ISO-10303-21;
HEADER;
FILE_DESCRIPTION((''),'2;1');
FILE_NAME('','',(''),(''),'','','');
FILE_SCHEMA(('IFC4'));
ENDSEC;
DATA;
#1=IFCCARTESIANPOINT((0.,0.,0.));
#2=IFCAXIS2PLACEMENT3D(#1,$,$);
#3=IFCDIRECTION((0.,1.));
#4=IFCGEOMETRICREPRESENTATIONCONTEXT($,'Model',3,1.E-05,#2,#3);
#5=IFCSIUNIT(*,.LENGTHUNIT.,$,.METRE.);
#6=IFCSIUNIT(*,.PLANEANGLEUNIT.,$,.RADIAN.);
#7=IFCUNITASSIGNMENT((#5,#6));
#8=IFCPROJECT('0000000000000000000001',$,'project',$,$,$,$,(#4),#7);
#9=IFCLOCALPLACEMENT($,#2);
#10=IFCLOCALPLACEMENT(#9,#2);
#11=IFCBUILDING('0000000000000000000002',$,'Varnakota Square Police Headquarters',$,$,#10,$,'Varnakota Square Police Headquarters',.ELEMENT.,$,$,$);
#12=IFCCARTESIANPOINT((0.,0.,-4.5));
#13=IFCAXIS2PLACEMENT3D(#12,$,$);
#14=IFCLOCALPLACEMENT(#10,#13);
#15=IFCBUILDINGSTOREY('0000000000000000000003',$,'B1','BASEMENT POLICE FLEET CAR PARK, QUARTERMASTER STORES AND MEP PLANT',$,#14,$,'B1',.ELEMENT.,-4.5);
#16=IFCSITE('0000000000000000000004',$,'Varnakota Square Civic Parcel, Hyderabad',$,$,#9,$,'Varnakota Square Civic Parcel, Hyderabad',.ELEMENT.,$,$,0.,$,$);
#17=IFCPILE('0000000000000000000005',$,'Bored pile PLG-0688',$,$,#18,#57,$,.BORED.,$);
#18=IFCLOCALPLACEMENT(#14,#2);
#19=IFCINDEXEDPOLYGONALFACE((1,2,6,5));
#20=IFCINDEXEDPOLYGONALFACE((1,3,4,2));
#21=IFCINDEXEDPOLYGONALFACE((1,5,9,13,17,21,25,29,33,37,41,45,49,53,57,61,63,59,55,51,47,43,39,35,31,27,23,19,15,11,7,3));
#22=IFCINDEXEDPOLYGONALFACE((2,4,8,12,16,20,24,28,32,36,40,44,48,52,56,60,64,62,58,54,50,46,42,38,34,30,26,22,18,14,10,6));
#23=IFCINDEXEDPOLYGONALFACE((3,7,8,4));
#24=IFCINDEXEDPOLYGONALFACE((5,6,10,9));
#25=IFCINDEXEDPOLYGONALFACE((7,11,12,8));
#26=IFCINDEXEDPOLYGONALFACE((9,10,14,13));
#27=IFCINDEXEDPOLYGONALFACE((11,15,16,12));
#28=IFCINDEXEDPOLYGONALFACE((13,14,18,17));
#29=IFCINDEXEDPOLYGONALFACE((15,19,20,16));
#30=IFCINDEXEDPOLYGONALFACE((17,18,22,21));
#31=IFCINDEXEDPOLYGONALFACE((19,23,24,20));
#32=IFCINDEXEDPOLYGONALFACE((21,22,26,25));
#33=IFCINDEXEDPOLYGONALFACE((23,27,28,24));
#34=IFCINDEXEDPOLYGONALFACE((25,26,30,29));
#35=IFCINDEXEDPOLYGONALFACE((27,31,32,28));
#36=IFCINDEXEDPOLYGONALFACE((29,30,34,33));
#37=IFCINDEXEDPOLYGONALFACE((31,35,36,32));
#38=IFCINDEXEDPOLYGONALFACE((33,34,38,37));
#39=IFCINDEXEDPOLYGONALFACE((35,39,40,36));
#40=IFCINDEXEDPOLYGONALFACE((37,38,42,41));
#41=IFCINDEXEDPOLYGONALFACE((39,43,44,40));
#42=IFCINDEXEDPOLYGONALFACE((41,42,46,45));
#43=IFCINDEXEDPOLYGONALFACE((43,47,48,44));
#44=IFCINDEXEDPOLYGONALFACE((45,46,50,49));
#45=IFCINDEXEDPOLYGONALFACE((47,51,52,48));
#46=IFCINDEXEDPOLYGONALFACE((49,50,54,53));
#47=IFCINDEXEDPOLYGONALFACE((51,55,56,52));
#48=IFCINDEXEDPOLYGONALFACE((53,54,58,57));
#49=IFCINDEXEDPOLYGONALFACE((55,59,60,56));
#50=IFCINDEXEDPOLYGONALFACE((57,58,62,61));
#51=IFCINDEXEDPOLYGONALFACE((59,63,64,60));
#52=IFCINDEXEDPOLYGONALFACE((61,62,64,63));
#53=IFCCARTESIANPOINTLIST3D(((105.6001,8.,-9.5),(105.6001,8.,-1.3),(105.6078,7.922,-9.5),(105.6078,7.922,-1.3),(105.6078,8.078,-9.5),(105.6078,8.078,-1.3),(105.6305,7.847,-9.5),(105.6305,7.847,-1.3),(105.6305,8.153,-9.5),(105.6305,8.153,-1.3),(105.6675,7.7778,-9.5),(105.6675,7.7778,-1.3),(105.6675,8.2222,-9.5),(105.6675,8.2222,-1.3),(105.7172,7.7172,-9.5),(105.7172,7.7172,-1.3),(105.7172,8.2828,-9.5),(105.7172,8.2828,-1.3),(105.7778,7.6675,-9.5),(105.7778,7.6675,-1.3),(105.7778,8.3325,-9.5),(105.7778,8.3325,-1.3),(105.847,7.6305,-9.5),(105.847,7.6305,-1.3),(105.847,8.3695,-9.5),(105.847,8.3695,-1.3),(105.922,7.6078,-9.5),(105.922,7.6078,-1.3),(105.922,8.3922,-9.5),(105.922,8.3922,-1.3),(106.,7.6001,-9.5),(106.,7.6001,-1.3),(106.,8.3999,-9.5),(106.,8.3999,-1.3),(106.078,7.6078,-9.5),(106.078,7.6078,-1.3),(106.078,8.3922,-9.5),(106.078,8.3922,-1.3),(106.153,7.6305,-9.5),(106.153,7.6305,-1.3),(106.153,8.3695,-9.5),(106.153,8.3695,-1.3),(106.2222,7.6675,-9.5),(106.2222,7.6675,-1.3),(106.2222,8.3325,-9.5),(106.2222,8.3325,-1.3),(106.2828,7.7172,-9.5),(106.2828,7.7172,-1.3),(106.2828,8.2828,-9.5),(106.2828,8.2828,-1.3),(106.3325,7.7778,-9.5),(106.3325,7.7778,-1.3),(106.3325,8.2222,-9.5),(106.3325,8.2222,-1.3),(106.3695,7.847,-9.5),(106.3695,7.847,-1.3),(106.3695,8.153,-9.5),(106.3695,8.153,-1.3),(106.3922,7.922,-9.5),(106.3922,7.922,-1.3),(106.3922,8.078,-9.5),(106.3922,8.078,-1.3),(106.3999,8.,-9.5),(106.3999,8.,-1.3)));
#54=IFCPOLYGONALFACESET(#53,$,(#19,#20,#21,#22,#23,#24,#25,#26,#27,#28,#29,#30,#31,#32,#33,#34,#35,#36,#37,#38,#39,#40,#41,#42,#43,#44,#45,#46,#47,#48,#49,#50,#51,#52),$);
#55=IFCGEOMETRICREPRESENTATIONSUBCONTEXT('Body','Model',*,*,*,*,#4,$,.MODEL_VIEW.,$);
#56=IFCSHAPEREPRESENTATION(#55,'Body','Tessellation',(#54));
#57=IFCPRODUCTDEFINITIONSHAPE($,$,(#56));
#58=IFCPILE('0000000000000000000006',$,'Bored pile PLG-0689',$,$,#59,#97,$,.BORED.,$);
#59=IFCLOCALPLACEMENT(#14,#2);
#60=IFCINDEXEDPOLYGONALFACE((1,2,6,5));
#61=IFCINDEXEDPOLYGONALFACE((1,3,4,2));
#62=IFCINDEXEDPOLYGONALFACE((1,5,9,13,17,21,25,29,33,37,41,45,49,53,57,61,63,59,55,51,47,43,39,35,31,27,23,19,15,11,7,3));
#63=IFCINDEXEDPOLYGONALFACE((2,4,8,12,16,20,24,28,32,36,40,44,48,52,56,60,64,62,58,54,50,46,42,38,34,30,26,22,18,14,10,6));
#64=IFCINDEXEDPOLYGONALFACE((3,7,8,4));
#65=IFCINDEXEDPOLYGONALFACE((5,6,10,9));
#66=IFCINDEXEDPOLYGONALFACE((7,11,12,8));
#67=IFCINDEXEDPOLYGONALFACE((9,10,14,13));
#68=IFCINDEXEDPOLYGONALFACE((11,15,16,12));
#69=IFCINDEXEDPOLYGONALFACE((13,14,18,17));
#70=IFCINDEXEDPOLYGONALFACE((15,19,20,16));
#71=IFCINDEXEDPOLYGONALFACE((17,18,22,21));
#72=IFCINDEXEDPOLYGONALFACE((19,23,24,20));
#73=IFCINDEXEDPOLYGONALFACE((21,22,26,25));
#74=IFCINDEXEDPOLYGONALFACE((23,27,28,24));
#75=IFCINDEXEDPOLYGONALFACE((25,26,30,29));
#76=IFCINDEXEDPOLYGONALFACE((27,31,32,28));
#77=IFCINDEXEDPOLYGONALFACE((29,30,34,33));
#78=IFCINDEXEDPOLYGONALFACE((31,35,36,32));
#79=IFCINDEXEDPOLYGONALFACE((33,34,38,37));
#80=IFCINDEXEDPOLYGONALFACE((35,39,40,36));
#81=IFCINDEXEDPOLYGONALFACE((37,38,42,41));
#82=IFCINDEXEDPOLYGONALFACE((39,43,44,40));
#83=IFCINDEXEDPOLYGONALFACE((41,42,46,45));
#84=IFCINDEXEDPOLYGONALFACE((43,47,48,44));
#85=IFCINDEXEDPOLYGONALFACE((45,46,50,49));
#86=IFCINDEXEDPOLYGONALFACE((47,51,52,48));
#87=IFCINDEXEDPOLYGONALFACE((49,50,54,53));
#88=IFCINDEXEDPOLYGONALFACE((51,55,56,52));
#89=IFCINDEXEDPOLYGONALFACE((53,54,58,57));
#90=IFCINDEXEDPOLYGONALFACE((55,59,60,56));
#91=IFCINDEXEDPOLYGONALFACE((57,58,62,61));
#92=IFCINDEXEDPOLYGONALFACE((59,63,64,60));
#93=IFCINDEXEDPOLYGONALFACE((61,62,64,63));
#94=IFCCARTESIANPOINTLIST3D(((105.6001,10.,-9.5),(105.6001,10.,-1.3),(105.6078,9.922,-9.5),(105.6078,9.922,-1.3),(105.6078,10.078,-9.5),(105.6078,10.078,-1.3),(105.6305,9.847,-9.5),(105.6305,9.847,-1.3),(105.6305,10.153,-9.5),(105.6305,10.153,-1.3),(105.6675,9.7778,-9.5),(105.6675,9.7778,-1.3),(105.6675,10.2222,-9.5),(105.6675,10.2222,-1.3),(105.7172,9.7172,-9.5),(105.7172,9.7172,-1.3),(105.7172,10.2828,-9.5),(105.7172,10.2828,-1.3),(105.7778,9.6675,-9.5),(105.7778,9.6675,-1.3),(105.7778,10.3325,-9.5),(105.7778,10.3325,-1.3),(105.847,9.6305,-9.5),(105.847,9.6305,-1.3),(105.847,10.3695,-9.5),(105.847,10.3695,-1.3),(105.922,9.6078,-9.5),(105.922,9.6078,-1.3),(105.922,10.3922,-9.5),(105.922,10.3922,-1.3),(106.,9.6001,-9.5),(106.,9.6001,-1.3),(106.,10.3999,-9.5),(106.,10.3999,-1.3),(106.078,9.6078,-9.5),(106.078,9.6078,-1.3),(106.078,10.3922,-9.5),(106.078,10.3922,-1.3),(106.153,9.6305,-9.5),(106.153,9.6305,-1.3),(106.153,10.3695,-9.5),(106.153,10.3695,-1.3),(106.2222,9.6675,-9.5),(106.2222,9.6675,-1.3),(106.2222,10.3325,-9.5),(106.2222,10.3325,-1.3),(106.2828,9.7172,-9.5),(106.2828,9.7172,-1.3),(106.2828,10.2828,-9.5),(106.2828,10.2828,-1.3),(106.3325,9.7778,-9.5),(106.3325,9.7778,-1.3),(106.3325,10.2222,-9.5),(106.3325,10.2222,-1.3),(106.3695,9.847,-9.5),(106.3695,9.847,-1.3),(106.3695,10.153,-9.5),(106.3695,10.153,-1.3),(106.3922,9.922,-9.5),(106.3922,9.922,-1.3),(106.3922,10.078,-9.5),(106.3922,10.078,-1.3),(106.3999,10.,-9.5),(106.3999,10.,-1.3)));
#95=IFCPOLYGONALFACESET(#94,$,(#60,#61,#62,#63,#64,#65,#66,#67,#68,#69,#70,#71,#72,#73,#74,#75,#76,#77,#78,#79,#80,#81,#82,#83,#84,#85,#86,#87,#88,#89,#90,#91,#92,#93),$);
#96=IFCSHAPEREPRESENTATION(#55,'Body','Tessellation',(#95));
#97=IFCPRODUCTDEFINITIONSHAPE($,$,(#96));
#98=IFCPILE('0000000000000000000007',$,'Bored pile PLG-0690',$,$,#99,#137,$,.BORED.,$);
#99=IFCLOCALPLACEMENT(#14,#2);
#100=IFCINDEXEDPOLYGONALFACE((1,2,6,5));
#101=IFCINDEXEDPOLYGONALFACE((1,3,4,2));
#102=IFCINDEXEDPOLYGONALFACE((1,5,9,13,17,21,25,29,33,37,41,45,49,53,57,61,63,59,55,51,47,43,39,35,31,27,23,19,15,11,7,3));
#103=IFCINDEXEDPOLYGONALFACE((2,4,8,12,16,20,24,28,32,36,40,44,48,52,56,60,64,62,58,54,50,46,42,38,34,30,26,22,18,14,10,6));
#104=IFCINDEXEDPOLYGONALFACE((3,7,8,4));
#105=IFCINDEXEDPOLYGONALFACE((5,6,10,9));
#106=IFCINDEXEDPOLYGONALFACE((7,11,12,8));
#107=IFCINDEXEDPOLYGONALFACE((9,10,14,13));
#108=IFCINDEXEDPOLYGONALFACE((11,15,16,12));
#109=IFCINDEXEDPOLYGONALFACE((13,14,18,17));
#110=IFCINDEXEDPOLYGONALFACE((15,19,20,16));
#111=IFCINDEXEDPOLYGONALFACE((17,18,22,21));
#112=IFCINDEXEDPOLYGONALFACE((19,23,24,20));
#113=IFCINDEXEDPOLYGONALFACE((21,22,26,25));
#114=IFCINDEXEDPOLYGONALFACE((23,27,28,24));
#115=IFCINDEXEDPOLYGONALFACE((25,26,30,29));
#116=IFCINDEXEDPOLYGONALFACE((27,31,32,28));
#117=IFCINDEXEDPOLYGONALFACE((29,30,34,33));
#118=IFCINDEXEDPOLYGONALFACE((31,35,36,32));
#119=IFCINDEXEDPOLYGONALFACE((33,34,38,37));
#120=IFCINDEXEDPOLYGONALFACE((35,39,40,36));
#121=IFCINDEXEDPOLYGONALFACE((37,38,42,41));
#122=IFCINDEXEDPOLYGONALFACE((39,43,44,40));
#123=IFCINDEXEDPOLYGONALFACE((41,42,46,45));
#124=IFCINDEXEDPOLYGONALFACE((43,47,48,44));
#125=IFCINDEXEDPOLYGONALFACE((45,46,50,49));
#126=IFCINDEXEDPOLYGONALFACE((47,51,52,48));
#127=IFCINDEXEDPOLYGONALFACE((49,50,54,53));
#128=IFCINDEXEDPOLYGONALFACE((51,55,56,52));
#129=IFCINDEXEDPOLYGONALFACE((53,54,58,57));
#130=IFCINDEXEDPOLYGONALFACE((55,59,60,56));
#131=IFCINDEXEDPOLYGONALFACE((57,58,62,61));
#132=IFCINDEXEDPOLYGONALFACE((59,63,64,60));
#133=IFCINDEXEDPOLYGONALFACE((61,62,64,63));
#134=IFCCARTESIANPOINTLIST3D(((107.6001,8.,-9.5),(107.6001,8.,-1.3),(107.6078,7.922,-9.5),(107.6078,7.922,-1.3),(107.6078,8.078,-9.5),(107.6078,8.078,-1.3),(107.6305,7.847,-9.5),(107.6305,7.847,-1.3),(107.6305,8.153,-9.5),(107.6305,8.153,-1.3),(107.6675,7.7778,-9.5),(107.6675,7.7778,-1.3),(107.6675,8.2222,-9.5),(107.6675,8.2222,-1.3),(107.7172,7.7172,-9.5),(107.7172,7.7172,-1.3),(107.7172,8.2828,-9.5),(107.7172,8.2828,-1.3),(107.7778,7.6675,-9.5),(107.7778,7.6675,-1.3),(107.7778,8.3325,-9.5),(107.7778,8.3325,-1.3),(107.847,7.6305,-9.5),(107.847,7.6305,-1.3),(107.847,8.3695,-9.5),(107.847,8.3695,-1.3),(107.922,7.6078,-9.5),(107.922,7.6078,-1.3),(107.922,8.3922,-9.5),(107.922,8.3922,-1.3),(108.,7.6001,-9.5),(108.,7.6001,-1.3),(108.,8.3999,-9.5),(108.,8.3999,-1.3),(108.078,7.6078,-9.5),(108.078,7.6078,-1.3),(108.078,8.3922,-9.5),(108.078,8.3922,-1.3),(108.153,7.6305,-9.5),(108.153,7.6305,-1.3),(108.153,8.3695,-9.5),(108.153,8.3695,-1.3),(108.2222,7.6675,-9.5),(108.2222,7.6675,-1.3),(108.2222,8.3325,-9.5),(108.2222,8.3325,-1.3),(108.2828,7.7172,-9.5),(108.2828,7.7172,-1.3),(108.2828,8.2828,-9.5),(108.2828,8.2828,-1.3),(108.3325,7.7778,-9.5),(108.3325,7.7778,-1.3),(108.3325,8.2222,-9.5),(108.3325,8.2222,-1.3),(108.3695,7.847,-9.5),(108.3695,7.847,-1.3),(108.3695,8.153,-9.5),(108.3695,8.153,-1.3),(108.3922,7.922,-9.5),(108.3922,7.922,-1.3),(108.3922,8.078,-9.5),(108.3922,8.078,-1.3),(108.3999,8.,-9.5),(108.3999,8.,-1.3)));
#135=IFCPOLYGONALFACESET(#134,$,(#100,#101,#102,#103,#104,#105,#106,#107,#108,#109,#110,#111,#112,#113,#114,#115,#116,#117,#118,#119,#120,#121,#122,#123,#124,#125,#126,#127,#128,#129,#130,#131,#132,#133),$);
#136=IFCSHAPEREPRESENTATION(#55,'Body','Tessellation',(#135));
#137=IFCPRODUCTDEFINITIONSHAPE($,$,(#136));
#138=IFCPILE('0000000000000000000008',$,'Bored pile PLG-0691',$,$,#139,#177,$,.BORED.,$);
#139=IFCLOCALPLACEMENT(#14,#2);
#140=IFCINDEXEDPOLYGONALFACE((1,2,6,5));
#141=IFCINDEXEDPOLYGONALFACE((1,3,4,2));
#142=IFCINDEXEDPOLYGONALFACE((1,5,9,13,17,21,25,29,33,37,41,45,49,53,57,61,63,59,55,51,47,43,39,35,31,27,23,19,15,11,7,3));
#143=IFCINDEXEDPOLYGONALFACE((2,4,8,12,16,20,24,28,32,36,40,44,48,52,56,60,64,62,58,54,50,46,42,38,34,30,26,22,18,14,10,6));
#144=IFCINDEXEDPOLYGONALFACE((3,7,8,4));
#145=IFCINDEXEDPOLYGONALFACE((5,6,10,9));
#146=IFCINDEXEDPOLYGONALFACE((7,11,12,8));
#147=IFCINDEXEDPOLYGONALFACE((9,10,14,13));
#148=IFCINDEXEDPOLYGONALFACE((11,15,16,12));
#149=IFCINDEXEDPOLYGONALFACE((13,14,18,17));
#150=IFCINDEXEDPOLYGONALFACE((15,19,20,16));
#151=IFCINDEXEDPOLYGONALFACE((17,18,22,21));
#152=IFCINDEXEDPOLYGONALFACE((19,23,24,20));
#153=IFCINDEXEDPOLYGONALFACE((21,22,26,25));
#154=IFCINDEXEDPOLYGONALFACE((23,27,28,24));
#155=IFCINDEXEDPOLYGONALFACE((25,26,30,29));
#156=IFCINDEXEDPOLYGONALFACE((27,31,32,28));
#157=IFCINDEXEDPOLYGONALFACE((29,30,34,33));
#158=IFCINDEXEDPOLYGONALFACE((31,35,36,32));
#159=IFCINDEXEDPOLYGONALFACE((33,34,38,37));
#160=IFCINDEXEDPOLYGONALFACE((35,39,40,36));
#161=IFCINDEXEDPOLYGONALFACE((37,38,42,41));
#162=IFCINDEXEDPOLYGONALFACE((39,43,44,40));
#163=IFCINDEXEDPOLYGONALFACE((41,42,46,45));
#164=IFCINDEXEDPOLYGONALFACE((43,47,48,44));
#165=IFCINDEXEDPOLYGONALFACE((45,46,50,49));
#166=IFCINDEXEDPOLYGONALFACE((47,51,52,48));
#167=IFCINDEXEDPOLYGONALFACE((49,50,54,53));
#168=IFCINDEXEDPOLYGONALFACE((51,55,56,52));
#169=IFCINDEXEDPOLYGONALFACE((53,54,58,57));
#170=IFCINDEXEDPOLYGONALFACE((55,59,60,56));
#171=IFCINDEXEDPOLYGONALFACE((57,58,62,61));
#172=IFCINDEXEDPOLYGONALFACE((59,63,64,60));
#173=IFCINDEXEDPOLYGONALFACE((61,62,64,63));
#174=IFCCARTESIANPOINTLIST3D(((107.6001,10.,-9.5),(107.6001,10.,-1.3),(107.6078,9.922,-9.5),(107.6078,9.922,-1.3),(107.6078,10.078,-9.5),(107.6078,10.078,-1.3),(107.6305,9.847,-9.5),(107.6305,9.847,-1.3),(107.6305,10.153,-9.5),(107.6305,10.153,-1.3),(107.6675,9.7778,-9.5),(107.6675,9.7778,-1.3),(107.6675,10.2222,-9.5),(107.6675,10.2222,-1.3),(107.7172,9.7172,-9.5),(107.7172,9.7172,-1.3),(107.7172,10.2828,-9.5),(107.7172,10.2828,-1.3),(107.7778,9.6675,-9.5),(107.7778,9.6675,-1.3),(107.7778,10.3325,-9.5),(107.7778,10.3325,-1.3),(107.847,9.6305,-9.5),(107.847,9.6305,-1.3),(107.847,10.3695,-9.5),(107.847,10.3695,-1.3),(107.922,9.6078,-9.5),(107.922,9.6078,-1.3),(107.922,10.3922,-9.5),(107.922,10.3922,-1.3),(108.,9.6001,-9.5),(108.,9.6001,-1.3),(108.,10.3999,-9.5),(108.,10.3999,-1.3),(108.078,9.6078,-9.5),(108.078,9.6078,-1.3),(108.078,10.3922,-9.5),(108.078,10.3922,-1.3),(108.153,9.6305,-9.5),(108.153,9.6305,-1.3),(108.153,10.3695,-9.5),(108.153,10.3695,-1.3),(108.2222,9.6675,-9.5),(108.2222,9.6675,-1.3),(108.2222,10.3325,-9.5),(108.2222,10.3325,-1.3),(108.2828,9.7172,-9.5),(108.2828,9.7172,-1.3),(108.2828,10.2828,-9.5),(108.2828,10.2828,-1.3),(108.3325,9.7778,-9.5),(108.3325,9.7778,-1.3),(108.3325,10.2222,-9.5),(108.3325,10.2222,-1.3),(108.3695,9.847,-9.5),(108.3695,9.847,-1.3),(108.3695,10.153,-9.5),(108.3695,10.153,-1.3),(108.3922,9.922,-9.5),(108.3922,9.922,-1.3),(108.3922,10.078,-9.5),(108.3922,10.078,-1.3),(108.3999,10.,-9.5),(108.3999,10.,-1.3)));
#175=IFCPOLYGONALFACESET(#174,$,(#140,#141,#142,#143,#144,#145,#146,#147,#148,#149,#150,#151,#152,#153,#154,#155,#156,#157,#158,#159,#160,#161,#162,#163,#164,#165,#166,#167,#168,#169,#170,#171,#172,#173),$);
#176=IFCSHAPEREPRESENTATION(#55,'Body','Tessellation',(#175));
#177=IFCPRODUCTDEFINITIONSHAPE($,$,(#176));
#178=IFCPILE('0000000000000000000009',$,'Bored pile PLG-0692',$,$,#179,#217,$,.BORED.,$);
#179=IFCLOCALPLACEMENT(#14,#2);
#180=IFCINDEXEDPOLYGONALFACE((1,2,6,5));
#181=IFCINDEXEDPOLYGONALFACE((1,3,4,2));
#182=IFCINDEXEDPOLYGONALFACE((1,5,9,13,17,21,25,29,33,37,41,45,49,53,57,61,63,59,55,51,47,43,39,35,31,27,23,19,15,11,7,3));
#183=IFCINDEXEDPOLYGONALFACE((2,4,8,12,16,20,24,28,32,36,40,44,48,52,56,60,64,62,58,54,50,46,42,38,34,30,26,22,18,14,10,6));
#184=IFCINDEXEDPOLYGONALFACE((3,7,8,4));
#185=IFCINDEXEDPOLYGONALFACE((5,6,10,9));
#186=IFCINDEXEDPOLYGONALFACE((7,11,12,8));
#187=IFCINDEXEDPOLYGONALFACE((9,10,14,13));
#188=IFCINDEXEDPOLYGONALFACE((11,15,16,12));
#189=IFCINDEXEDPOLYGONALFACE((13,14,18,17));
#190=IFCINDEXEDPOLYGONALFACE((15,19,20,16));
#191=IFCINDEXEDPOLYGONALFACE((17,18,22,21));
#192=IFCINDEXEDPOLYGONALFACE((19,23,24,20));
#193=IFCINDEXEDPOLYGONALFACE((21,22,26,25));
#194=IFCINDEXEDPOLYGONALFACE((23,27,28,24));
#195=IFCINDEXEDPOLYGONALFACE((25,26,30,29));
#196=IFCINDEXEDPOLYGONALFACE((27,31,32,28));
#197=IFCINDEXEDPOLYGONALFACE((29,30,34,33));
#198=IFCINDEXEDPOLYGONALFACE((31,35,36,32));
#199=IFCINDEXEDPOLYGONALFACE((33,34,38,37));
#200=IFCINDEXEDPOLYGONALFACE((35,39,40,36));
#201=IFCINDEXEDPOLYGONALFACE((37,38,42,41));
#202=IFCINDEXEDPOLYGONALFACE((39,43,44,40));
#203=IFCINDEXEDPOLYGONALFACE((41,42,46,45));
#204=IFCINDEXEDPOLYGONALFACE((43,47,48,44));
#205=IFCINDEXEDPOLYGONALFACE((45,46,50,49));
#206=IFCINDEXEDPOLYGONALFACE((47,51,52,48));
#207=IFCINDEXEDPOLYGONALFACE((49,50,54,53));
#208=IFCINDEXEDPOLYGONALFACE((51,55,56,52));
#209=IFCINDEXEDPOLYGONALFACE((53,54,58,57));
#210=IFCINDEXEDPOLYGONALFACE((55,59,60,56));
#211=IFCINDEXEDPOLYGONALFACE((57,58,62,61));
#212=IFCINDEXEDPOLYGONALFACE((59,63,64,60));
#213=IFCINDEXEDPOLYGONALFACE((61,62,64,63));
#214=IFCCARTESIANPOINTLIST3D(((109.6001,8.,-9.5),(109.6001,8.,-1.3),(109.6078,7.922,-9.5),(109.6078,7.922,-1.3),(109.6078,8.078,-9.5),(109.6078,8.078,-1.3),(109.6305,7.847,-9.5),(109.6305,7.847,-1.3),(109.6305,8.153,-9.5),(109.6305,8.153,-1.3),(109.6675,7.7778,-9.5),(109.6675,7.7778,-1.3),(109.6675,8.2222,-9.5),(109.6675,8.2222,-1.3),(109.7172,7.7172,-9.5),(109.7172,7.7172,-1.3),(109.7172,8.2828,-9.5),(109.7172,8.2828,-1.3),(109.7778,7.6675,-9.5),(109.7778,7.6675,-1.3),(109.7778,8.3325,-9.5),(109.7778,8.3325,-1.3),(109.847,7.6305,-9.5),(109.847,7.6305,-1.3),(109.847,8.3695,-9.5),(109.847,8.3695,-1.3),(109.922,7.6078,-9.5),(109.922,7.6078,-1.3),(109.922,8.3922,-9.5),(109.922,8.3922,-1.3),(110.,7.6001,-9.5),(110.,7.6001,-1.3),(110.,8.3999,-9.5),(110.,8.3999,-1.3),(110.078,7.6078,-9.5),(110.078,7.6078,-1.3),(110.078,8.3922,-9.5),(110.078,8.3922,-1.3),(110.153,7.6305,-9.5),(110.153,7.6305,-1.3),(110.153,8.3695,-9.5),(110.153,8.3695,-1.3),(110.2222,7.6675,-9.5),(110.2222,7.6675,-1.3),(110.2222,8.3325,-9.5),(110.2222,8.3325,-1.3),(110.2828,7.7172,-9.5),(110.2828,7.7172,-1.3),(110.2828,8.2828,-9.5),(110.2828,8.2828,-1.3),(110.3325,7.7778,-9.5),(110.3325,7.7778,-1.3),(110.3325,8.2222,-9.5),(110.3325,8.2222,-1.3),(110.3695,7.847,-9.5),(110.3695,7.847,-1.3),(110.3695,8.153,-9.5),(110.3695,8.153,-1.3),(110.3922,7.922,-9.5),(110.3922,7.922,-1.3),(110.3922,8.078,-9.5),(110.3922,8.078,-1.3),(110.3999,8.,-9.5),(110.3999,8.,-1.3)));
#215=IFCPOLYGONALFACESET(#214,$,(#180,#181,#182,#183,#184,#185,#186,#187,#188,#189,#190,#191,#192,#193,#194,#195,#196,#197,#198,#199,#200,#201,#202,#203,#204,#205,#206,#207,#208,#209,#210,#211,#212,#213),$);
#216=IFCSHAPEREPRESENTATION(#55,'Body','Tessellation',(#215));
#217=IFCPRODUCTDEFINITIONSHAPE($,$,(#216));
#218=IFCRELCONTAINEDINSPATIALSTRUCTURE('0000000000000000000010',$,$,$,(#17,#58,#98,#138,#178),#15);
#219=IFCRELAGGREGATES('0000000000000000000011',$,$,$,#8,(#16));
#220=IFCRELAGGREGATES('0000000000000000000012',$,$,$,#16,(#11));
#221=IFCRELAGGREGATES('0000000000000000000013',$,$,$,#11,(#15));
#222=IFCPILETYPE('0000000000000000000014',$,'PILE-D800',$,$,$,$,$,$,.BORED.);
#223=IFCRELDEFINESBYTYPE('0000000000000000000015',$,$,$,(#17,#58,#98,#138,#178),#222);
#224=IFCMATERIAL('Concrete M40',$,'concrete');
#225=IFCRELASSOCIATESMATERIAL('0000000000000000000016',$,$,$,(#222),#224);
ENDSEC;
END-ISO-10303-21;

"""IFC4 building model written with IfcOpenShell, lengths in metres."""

from ifc_helpers import new_model, si_unit, direction, frame, origin, origin_2d, place, context, subcontext, project, spatial, circle, extrude, material, material_profile, profile_set, type_object, element, save


model = new_model("IFC4")

# Units and contexts
model_context = context("Model", 3, precision=1e-05, world=origin(), true_north=direction((0.0, 1.0)))
body_context = subcontext(model_context, "Body", "Model", "MODEL_VIEW")
ifc_project = project(units=[si_unit("LENGTHUNIT", "METRE"), si_unit("PLANEANGLEUNIT", "RADIAN")], contexts=[model_context])

# Site, building, storey
site_placement = place(None, origin())
site = spatial("IfcSite", under=ifc_project, at=site_placement, Name="Varnakota Square Civic Parcel, Hyderabad", LongName="Varnakota Square Civic Parcel, Hyderabad", CompositionType="ELEMENT", RefElevation=0.0)
building_placement = place(site_placement, origin())
building = spatial("IfcBuilding", under=site, at=building_placement, Name="Varnakota Square Police Headquarters", LongName="Varnakota Square Police Headquarters", CompositionType="ELEMENT")
storey_placement = place(building_placement, frame((0.0, 0.0, -4.5)))
storey = spatial("IfcBuildingStorey", under=building, at=storey_placement, Name="B1", Description="BASEMENT POLICE FLEET CAR PARK, QUARTERMASTER STORES AND MEP PLANT", LongName="B1", CompositionType="ELEMENT", Elevation=-4.5)

# Shared definitions
ifc_material_1 = material(Name="Concrete M40", Category="concrete")

# Piles
ifc_material_profile_1 = material_profile(ifc_material_1, circle(Radius=0.3999, at=origin_2d()), Name="BORED PILE 800")
ifc_profile_set_1 = profile_set([ifc_material_profile_1], Name="Concrete M40")
pile_type = type_object("IfcPileType", Name="PILE-D800", PredefinedType="BORED", material=ifc_profile_set_1)
for number, where, z_axis, x_axis, name in (
    (1, (106.0, 8.0, -1.3), (0.0, 0.0, -1.0), (1.0, 0.0, 0.0), "Bored pile PLG-0688"),
    (2, (106.0, 10.0, -1.3), (0.0, 0.0, -1.0), (1.0, 0.0, 0.0), "Bored pile PLG-0689"),
    (3, (108.0, 8.0, -1.3), (0.0, 0.0, -1.0), (1.0, 0.0, 0.0), "Bored pile PLG-0690"),
    (4, (108.0, 10.0, -1.3), (0.0, 0.0, -1.0), (1.0, 0.0, 0.0), "Bored pile PLG-0691"),
    (5, (110.0, 8.0, -1.3), (0.0, 0.0, -1.0), (1.0, 0.0, 0.0), "Bored pile PLG-0692"),
):
    element("IfcPile", number, at=place(storey_placement, frame(where, z_axis=z_axis, x_axis=x_axis)), inside=storey, type_object=pile_type, Name=name, PredefinedType="BORED", context=body_context, shape_type="SweptSolid", body=[
        extrude(circle(Radius=0.3999, at=origin_2d()), origin(), (0.0, 0.0, 1.0), 8.2),
    ])

save(model, "model.ifc")
